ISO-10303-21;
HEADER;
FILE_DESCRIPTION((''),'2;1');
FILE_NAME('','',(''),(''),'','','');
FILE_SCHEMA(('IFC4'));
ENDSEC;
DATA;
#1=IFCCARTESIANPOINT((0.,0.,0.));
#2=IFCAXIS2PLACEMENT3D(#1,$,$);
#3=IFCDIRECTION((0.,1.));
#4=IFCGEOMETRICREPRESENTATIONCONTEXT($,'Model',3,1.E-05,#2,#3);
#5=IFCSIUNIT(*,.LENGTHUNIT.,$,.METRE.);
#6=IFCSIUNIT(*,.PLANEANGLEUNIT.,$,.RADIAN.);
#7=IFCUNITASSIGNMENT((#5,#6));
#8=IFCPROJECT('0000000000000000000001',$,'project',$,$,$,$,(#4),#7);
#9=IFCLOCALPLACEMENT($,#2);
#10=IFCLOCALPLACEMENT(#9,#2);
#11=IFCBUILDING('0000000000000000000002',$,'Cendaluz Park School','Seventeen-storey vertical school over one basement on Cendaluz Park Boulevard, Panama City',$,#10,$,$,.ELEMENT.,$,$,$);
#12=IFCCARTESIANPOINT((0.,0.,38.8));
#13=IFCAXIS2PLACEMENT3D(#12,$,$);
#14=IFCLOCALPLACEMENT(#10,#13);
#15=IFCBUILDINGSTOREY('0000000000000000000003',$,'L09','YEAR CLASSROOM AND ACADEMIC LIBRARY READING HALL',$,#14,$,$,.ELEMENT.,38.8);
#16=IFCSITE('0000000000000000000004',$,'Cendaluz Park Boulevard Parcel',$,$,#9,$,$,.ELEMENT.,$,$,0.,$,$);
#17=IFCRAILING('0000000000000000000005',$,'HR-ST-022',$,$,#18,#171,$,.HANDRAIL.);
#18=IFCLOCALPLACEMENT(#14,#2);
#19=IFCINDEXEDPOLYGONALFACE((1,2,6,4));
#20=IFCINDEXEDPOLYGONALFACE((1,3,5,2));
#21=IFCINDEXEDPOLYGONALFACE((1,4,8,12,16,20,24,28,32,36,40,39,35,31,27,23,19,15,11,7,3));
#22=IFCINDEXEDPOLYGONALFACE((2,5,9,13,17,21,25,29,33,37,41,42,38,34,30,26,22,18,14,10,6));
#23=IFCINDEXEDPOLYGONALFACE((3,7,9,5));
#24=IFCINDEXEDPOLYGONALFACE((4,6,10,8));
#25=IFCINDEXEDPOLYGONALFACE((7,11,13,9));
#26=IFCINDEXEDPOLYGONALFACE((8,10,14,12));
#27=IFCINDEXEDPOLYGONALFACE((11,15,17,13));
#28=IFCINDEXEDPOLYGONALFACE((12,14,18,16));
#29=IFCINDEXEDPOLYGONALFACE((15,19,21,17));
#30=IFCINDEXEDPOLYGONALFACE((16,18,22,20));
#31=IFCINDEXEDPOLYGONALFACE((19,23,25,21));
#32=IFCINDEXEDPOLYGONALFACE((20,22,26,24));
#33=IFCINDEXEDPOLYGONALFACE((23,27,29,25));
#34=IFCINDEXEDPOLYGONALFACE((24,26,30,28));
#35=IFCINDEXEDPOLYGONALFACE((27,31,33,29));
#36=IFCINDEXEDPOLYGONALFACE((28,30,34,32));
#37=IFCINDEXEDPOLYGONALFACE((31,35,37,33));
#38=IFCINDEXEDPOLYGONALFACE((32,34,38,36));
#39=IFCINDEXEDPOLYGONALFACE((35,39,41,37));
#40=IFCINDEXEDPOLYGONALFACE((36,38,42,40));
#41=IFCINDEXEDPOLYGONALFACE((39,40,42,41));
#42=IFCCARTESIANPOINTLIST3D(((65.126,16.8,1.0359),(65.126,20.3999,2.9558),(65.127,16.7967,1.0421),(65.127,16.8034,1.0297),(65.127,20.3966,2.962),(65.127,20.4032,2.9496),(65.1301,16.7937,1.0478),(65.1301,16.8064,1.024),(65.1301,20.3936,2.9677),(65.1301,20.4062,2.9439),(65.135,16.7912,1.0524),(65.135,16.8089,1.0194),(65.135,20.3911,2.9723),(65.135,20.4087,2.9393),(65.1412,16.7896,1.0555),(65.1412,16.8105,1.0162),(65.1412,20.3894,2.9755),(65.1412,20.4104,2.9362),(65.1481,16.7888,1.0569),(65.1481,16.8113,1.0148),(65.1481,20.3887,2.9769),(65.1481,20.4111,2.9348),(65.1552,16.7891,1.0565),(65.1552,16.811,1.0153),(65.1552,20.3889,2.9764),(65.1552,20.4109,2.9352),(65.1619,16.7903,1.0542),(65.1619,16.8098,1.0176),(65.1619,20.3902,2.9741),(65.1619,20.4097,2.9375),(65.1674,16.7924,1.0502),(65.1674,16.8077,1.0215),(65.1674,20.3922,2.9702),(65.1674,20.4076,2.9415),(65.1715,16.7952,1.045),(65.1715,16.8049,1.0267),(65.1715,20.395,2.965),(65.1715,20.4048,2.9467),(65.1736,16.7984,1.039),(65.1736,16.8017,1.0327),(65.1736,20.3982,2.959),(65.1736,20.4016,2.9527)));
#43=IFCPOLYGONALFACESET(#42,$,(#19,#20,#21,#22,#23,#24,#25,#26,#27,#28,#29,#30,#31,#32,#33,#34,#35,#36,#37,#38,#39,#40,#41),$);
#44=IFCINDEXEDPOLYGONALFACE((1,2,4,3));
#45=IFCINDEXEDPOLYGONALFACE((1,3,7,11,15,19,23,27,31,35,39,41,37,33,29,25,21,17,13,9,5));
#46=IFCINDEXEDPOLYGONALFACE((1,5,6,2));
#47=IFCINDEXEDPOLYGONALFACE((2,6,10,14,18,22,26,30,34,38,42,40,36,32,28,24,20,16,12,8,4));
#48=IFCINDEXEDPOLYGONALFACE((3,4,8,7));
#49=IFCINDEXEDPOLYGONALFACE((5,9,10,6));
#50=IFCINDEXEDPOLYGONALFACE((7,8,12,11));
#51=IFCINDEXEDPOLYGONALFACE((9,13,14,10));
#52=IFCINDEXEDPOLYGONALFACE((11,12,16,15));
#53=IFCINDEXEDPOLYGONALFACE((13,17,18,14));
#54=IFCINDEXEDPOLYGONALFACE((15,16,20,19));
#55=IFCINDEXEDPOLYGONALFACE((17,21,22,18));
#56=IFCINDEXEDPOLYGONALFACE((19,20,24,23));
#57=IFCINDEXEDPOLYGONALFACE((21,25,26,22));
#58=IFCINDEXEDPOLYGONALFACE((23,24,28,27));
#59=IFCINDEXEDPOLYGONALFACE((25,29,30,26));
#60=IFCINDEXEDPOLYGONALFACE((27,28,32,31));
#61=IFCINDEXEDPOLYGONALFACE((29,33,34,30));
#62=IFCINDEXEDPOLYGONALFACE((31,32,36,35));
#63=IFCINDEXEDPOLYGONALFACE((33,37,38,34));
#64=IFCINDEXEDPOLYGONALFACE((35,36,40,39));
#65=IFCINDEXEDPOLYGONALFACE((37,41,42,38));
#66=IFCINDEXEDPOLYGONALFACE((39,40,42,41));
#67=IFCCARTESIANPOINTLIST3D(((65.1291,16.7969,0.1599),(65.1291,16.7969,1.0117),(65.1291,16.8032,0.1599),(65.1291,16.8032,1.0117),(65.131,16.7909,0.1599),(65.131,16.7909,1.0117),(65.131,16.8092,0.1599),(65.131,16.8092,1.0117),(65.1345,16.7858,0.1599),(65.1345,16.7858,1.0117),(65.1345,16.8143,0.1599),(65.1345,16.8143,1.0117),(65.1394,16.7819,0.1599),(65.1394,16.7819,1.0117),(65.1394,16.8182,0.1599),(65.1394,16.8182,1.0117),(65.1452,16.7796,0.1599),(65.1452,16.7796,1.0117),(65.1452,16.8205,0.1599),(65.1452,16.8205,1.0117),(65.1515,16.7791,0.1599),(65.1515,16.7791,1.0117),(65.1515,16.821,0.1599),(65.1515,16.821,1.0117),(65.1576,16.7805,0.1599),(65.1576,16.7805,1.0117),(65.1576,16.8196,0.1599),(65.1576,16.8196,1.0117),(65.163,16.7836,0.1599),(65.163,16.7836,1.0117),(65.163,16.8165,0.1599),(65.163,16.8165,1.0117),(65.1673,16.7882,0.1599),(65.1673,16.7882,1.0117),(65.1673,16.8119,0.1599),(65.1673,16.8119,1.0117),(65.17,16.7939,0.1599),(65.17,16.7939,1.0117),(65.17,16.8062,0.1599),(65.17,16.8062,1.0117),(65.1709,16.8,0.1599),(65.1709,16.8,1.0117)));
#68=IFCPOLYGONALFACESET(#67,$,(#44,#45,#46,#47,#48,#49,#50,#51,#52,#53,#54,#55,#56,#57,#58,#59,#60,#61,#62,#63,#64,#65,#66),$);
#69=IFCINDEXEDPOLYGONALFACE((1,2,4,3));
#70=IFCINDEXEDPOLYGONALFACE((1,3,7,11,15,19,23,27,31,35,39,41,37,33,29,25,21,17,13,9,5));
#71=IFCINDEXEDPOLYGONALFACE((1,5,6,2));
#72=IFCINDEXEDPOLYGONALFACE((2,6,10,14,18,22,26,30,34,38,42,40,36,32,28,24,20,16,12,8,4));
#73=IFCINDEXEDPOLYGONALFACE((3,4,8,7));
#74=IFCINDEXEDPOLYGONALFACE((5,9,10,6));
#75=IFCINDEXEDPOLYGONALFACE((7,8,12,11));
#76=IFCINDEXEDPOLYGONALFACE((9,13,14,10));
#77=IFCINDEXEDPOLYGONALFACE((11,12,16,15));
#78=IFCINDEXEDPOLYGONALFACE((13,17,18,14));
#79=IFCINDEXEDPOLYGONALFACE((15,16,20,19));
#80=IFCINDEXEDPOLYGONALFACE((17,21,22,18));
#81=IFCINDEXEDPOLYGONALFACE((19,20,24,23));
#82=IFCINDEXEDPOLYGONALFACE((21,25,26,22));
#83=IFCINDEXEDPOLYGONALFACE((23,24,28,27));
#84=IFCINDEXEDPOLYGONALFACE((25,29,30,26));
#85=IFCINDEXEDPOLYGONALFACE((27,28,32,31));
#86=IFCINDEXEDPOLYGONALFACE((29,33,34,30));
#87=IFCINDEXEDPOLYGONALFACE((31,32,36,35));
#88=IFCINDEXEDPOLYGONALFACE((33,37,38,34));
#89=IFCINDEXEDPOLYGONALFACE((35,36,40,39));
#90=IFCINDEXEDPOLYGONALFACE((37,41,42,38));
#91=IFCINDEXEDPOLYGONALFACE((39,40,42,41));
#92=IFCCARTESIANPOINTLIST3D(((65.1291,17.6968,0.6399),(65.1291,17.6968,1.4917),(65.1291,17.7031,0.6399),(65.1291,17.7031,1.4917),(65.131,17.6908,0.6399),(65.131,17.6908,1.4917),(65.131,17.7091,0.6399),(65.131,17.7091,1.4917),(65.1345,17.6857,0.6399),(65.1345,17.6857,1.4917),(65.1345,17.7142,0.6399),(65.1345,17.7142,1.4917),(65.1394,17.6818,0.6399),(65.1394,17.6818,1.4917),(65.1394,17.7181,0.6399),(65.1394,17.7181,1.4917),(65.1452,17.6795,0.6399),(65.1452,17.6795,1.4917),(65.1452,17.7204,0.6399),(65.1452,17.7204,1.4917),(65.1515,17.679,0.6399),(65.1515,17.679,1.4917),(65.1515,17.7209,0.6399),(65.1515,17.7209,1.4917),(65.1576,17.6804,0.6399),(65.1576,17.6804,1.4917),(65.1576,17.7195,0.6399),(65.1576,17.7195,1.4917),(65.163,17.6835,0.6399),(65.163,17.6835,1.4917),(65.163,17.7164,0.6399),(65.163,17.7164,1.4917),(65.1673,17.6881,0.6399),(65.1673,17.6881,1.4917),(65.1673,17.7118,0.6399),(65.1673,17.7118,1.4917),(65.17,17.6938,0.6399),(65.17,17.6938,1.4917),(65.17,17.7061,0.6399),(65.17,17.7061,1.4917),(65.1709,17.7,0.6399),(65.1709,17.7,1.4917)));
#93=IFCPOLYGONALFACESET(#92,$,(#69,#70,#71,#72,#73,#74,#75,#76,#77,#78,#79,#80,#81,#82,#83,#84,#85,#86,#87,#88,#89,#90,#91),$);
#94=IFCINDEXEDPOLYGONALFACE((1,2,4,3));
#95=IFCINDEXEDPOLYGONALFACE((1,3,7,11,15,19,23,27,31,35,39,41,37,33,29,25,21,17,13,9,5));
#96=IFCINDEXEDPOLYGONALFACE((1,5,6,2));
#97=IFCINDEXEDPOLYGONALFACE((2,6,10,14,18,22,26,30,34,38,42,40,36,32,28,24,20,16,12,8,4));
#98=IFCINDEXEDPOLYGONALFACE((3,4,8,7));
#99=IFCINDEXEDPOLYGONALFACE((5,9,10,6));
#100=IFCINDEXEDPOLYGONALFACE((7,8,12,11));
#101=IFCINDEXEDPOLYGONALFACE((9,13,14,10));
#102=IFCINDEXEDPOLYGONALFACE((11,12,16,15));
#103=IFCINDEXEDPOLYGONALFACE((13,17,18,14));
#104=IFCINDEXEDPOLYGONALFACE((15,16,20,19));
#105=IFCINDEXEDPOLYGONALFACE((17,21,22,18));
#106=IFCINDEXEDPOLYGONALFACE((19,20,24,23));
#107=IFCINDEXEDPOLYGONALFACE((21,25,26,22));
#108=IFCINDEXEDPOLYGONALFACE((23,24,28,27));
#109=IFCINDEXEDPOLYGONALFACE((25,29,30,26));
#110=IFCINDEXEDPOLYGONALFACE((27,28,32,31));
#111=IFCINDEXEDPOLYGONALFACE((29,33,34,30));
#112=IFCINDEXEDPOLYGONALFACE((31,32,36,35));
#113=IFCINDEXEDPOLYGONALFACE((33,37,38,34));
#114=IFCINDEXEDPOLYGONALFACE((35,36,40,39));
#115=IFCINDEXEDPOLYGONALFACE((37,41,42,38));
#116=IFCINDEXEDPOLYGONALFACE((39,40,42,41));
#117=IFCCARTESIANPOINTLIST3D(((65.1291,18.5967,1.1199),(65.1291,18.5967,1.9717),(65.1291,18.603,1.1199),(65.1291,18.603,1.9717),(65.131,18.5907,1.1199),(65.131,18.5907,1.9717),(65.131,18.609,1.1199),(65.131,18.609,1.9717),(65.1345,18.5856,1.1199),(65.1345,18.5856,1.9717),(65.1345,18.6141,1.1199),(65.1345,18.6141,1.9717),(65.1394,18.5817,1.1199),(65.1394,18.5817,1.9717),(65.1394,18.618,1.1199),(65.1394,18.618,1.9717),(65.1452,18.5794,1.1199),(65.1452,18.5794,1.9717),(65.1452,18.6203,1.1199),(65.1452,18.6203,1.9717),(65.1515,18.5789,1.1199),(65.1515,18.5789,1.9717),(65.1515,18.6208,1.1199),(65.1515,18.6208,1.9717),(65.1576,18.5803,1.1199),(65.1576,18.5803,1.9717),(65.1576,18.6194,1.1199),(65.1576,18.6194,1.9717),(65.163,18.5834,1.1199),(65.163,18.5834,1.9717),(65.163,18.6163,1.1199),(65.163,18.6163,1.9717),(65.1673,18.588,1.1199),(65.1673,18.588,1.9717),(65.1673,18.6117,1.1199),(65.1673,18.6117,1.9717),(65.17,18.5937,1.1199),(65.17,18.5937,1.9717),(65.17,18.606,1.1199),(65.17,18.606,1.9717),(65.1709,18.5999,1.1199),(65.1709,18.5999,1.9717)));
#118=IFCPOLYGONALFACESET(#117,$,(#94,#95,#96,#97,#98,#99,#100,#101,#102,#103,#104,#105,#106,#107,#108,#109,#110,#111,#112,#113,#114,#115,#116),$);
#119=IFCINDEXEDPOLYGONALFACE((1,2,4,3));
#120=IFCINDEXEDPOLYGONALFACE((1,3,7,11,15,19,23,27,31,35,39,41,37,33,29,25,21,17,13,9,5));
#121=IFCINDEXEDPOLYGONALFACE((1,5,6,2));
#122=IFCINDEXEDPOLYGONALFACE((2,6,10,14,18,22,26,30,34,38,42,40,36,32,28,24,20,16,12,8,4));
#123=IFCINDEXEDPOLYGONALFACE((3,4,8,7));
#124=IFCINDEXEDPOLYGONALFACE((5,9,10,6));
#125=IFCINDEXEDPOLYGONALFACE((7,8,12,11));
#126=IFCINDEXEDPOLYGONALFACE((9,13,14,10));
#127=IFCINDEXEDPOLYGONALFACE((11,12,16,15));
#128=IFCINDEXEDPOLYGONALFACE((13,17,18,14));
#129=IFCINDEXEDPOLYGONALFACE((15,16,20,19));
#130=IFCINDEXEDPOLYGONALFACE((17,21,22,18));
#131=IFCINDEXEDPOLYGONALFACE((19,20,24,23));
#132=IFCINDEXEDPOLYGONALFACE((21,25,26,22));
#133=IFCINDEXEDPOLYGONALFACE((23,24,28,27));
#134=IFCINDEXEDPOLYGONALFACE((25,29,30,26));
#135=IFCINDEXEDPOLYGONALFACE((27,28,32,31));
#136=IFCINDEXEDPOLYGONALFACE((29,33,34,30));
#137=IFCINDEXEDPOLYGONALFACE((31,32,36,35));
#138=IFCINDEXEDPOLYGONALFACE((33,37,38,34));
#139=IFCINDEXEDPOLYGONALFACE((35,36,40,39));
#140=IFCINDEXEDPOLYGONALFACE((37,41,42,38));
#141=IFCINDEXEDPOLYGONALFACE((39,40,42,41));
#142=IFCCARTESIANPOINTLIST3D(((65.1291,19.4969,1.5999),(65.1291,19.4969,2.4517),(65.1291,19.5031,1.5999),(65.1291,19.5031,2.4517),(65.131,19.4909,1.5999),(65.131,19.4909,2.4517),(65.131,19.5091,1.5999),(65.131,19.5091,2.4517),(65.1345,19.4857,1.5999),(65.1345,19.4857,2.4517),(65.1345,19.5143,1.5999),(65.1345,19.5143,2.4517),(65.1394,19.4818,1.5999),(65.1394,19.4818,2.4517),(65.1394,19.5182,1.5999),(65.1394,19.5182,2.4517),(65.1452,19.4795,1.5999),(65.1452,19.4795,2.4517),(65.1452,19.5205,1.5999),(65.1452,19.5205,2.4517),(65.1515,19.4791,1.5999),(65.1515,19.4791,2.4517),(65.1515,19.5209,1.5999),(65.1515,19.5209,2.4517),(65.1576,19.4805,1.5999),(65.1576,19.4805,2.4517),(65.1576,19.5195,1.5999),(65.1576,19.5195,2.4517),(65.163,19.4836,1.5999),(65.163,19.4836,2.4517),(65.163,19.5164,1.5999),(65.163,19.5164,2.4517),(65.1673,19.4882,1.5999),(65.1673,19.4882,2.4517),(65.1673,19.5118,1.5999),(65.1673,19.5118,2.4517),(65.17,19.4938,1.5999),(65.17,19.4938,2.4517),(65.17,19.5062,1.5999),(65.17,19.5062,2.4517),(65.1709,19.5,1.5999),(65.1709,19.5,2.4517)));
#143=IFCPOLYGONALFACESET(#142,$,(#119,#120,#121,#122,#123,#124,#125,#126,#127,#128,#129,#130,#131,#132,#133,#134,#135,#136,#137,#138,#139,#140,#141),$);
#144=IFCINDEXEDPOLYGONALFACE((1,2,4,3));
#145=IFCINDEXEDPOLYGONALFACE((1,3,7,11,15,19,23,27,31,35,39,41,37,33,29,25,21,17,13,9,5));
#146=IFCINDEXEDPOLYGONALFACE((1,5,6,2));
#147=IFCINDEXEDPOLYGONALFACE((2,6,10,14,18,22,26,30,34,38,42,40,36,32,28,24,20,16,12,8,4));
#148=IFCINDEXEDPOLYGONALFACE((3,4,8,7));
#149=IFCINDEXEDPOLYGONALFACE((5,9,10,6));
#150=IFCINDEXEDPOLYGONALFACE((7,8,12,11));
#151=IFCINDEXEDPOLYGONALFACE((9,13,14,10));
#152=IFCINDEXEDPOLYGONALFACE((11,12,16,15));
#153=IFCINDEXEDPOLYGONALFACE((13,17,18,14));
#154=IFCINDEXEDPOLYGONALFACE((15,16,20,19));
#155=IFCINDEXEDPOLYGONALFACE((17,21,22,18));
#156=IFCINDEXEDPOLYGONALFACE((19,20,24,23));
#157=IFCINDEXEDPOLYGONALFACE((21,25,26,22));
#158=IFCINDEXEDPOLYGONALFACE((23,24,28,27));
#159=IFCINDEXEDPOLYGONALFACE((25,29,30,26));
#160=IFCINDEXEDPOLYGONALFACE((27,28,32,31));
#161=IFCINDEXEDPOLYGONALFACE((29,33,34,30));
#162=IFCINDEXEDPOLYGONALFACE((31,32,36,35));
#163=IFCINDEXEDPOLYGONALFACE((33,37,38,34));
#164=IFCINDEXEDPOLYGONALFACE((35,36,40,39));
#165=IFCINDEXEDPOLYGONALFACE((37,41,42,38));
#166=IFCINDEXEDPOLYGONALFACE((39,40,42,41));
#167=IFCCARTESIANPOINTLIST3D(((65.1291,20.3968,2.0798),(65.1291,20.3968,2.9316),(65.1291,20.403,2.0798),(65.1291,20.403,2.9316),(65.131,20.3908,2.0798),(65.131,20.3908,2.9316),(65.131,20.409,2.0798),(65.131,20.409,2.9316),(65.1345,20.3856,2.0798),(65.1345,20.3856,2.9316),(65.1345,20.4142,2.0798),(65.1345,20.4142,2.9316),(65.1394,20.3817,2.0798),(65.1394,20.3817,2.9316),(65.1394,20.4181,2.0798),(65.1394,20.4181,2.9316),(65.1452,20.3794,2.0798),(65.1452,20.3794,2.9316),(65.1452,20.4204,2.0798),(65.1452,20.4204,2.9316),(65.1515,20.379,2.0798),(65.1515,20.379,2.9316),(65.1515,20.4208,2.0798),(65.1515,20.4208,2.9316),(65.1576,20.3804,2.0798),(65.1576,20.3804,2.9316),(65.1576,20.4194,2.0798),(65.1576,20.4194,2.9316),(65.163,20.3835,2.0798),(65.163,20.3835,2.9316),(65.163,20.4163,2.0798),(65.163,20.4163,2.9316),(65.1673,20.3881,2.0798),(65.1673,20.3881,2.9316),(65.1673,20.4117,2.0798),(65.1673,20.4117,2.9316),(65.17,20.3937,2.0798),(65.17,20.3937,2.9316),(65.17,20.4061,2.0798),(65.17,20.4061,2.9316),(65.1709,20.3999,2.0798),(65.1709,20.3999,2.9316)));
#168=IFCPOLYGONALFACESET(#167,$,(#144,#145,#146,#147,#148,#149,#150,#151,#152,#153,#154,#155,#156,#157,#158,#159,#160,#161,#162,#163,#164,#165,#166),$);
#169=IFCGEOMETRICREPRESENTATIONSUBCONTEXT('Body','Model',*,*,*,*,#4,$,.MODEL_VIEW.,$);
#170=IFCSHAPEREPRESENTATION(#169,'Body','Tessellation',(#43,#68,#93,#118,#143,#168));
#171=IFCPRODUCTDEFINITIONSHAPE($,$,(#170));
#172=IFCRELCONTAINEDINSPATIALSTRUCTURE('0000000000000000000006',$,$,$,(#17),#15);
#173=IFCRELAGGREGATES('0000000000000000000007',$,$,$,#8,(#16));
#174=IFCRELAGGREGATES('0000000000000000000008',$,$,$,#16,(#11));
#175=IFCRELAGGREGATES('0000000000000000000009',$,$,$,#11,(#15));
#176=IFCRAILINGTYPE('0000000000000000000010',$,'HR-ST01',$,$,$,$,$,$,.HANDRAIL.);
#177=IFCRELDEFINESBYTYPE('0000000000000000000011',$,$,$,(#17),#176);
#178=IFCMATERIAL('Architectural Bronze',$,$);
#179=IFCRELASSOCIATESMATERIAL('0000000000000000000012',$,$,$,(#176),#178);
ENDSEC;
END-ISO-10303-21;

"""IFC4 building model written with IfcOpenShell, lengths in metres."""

from ifc_helpers import new_model, si_unit, direction, frame, origin, origin_2d, place, context, subcontext, project, spatial, circle, extrude, material, type_object, element, save


model = new_model("IFC4")

# Units and contexts
model_context = context("Model", 3, precision=1e-05, world=origin(), true_north=direction((0.0, 1.0)))
body_context = subcontext(model_context, "Body", "Model", "MODEL_VIEW")
ifc_project = project(units=[si_unit("LENGTHUNIT", "METRE"), si_unit("PLANEANGLEUNIT", "RADIAN")], contexts=[model_context])

# Site, building, storey
site_placement = place(None, origin())
site = spatial("IfcSite", under=ifc_project, at=site_placement, Name="Cendaluz Park Boulevard Parcel", CompositionType="ELEMENT", RefElevation=0.0)
building_placement = place(site_placement, origin())
building = spatial("IfcBuilding", under=site, at=building_placement, Name="Cendaluz Park School", Description="Seventeen-storey vertical school over one basement on Cendaluz Park Boulevard, Panama City", CompositionType="ELEMENT")
storey_placement = place(building_placement, frame((0.0, 0.0, 38.8)))
storey = spatial("IfcBuildingStorey", under=building, at=storey_placement, Name="L09", Description="YEAR CLASSROOM AND ACADEMIC LIBRARY READING HALL", CompositionType="ELEMENT", Elevation=38.8)

# Railing
ifc_material_1 = material(Name="Architectural Bronze")
railing_type_1 = type_object("IfcRailingType", Name="HR-ST01", PredefinedType="HANDRAIL", material=ifc_material_1)
railing_1_placement = place(storey_placement, frame((65.1499, 16.8, 0.1599)))
element("IfcRailing", 1, at=railing_1_placement, inside=storey, type_object=railing_type_1, Name="HR-ST-022", PredefinedType="HANDRAIL", context=body_context, shape_type="SweptSolid", body=[
    extrude(circle(Radius=0.0239, at=origin_2d()), frame((0.0, 0.0, 0.876), z_axis=(0.0, 0.882353, 0.470588), x_axis=(-1.0, 0.0, 0.0)), (0.0, 0.0, 1.0), 4.0798),
    extrude(circle(Radius=0.021, at=origin_2d()), origin(), (0.0, 0.0, 1.0), 0.8518),
    extrude(circle(Radius=0.021, at=origin_2d()), frame((0.0, 0.8999, 0.48)), (0.0, 0.0, 1.0), 0.8518),
    extrude(circle(Radius=0.021, at=origin_2d()), frame((0.0, 1.7998, 0.96)), (0.0, 0.0, 1.0), 0.8518),
    extrude(circle(Radius=0.021, at=origin_2d()), frame((0.0, 2.7, 1.4399)), (0.0, 0.0, 1.0), 0.8518),
    extrude(circle(Radius=0.021, at=origin_2d()), frame((0.0, 3.5999, 1.9199)), (0.0, 0.0, 1.0), 0.8518),
])

save(model, "model.ifc")
